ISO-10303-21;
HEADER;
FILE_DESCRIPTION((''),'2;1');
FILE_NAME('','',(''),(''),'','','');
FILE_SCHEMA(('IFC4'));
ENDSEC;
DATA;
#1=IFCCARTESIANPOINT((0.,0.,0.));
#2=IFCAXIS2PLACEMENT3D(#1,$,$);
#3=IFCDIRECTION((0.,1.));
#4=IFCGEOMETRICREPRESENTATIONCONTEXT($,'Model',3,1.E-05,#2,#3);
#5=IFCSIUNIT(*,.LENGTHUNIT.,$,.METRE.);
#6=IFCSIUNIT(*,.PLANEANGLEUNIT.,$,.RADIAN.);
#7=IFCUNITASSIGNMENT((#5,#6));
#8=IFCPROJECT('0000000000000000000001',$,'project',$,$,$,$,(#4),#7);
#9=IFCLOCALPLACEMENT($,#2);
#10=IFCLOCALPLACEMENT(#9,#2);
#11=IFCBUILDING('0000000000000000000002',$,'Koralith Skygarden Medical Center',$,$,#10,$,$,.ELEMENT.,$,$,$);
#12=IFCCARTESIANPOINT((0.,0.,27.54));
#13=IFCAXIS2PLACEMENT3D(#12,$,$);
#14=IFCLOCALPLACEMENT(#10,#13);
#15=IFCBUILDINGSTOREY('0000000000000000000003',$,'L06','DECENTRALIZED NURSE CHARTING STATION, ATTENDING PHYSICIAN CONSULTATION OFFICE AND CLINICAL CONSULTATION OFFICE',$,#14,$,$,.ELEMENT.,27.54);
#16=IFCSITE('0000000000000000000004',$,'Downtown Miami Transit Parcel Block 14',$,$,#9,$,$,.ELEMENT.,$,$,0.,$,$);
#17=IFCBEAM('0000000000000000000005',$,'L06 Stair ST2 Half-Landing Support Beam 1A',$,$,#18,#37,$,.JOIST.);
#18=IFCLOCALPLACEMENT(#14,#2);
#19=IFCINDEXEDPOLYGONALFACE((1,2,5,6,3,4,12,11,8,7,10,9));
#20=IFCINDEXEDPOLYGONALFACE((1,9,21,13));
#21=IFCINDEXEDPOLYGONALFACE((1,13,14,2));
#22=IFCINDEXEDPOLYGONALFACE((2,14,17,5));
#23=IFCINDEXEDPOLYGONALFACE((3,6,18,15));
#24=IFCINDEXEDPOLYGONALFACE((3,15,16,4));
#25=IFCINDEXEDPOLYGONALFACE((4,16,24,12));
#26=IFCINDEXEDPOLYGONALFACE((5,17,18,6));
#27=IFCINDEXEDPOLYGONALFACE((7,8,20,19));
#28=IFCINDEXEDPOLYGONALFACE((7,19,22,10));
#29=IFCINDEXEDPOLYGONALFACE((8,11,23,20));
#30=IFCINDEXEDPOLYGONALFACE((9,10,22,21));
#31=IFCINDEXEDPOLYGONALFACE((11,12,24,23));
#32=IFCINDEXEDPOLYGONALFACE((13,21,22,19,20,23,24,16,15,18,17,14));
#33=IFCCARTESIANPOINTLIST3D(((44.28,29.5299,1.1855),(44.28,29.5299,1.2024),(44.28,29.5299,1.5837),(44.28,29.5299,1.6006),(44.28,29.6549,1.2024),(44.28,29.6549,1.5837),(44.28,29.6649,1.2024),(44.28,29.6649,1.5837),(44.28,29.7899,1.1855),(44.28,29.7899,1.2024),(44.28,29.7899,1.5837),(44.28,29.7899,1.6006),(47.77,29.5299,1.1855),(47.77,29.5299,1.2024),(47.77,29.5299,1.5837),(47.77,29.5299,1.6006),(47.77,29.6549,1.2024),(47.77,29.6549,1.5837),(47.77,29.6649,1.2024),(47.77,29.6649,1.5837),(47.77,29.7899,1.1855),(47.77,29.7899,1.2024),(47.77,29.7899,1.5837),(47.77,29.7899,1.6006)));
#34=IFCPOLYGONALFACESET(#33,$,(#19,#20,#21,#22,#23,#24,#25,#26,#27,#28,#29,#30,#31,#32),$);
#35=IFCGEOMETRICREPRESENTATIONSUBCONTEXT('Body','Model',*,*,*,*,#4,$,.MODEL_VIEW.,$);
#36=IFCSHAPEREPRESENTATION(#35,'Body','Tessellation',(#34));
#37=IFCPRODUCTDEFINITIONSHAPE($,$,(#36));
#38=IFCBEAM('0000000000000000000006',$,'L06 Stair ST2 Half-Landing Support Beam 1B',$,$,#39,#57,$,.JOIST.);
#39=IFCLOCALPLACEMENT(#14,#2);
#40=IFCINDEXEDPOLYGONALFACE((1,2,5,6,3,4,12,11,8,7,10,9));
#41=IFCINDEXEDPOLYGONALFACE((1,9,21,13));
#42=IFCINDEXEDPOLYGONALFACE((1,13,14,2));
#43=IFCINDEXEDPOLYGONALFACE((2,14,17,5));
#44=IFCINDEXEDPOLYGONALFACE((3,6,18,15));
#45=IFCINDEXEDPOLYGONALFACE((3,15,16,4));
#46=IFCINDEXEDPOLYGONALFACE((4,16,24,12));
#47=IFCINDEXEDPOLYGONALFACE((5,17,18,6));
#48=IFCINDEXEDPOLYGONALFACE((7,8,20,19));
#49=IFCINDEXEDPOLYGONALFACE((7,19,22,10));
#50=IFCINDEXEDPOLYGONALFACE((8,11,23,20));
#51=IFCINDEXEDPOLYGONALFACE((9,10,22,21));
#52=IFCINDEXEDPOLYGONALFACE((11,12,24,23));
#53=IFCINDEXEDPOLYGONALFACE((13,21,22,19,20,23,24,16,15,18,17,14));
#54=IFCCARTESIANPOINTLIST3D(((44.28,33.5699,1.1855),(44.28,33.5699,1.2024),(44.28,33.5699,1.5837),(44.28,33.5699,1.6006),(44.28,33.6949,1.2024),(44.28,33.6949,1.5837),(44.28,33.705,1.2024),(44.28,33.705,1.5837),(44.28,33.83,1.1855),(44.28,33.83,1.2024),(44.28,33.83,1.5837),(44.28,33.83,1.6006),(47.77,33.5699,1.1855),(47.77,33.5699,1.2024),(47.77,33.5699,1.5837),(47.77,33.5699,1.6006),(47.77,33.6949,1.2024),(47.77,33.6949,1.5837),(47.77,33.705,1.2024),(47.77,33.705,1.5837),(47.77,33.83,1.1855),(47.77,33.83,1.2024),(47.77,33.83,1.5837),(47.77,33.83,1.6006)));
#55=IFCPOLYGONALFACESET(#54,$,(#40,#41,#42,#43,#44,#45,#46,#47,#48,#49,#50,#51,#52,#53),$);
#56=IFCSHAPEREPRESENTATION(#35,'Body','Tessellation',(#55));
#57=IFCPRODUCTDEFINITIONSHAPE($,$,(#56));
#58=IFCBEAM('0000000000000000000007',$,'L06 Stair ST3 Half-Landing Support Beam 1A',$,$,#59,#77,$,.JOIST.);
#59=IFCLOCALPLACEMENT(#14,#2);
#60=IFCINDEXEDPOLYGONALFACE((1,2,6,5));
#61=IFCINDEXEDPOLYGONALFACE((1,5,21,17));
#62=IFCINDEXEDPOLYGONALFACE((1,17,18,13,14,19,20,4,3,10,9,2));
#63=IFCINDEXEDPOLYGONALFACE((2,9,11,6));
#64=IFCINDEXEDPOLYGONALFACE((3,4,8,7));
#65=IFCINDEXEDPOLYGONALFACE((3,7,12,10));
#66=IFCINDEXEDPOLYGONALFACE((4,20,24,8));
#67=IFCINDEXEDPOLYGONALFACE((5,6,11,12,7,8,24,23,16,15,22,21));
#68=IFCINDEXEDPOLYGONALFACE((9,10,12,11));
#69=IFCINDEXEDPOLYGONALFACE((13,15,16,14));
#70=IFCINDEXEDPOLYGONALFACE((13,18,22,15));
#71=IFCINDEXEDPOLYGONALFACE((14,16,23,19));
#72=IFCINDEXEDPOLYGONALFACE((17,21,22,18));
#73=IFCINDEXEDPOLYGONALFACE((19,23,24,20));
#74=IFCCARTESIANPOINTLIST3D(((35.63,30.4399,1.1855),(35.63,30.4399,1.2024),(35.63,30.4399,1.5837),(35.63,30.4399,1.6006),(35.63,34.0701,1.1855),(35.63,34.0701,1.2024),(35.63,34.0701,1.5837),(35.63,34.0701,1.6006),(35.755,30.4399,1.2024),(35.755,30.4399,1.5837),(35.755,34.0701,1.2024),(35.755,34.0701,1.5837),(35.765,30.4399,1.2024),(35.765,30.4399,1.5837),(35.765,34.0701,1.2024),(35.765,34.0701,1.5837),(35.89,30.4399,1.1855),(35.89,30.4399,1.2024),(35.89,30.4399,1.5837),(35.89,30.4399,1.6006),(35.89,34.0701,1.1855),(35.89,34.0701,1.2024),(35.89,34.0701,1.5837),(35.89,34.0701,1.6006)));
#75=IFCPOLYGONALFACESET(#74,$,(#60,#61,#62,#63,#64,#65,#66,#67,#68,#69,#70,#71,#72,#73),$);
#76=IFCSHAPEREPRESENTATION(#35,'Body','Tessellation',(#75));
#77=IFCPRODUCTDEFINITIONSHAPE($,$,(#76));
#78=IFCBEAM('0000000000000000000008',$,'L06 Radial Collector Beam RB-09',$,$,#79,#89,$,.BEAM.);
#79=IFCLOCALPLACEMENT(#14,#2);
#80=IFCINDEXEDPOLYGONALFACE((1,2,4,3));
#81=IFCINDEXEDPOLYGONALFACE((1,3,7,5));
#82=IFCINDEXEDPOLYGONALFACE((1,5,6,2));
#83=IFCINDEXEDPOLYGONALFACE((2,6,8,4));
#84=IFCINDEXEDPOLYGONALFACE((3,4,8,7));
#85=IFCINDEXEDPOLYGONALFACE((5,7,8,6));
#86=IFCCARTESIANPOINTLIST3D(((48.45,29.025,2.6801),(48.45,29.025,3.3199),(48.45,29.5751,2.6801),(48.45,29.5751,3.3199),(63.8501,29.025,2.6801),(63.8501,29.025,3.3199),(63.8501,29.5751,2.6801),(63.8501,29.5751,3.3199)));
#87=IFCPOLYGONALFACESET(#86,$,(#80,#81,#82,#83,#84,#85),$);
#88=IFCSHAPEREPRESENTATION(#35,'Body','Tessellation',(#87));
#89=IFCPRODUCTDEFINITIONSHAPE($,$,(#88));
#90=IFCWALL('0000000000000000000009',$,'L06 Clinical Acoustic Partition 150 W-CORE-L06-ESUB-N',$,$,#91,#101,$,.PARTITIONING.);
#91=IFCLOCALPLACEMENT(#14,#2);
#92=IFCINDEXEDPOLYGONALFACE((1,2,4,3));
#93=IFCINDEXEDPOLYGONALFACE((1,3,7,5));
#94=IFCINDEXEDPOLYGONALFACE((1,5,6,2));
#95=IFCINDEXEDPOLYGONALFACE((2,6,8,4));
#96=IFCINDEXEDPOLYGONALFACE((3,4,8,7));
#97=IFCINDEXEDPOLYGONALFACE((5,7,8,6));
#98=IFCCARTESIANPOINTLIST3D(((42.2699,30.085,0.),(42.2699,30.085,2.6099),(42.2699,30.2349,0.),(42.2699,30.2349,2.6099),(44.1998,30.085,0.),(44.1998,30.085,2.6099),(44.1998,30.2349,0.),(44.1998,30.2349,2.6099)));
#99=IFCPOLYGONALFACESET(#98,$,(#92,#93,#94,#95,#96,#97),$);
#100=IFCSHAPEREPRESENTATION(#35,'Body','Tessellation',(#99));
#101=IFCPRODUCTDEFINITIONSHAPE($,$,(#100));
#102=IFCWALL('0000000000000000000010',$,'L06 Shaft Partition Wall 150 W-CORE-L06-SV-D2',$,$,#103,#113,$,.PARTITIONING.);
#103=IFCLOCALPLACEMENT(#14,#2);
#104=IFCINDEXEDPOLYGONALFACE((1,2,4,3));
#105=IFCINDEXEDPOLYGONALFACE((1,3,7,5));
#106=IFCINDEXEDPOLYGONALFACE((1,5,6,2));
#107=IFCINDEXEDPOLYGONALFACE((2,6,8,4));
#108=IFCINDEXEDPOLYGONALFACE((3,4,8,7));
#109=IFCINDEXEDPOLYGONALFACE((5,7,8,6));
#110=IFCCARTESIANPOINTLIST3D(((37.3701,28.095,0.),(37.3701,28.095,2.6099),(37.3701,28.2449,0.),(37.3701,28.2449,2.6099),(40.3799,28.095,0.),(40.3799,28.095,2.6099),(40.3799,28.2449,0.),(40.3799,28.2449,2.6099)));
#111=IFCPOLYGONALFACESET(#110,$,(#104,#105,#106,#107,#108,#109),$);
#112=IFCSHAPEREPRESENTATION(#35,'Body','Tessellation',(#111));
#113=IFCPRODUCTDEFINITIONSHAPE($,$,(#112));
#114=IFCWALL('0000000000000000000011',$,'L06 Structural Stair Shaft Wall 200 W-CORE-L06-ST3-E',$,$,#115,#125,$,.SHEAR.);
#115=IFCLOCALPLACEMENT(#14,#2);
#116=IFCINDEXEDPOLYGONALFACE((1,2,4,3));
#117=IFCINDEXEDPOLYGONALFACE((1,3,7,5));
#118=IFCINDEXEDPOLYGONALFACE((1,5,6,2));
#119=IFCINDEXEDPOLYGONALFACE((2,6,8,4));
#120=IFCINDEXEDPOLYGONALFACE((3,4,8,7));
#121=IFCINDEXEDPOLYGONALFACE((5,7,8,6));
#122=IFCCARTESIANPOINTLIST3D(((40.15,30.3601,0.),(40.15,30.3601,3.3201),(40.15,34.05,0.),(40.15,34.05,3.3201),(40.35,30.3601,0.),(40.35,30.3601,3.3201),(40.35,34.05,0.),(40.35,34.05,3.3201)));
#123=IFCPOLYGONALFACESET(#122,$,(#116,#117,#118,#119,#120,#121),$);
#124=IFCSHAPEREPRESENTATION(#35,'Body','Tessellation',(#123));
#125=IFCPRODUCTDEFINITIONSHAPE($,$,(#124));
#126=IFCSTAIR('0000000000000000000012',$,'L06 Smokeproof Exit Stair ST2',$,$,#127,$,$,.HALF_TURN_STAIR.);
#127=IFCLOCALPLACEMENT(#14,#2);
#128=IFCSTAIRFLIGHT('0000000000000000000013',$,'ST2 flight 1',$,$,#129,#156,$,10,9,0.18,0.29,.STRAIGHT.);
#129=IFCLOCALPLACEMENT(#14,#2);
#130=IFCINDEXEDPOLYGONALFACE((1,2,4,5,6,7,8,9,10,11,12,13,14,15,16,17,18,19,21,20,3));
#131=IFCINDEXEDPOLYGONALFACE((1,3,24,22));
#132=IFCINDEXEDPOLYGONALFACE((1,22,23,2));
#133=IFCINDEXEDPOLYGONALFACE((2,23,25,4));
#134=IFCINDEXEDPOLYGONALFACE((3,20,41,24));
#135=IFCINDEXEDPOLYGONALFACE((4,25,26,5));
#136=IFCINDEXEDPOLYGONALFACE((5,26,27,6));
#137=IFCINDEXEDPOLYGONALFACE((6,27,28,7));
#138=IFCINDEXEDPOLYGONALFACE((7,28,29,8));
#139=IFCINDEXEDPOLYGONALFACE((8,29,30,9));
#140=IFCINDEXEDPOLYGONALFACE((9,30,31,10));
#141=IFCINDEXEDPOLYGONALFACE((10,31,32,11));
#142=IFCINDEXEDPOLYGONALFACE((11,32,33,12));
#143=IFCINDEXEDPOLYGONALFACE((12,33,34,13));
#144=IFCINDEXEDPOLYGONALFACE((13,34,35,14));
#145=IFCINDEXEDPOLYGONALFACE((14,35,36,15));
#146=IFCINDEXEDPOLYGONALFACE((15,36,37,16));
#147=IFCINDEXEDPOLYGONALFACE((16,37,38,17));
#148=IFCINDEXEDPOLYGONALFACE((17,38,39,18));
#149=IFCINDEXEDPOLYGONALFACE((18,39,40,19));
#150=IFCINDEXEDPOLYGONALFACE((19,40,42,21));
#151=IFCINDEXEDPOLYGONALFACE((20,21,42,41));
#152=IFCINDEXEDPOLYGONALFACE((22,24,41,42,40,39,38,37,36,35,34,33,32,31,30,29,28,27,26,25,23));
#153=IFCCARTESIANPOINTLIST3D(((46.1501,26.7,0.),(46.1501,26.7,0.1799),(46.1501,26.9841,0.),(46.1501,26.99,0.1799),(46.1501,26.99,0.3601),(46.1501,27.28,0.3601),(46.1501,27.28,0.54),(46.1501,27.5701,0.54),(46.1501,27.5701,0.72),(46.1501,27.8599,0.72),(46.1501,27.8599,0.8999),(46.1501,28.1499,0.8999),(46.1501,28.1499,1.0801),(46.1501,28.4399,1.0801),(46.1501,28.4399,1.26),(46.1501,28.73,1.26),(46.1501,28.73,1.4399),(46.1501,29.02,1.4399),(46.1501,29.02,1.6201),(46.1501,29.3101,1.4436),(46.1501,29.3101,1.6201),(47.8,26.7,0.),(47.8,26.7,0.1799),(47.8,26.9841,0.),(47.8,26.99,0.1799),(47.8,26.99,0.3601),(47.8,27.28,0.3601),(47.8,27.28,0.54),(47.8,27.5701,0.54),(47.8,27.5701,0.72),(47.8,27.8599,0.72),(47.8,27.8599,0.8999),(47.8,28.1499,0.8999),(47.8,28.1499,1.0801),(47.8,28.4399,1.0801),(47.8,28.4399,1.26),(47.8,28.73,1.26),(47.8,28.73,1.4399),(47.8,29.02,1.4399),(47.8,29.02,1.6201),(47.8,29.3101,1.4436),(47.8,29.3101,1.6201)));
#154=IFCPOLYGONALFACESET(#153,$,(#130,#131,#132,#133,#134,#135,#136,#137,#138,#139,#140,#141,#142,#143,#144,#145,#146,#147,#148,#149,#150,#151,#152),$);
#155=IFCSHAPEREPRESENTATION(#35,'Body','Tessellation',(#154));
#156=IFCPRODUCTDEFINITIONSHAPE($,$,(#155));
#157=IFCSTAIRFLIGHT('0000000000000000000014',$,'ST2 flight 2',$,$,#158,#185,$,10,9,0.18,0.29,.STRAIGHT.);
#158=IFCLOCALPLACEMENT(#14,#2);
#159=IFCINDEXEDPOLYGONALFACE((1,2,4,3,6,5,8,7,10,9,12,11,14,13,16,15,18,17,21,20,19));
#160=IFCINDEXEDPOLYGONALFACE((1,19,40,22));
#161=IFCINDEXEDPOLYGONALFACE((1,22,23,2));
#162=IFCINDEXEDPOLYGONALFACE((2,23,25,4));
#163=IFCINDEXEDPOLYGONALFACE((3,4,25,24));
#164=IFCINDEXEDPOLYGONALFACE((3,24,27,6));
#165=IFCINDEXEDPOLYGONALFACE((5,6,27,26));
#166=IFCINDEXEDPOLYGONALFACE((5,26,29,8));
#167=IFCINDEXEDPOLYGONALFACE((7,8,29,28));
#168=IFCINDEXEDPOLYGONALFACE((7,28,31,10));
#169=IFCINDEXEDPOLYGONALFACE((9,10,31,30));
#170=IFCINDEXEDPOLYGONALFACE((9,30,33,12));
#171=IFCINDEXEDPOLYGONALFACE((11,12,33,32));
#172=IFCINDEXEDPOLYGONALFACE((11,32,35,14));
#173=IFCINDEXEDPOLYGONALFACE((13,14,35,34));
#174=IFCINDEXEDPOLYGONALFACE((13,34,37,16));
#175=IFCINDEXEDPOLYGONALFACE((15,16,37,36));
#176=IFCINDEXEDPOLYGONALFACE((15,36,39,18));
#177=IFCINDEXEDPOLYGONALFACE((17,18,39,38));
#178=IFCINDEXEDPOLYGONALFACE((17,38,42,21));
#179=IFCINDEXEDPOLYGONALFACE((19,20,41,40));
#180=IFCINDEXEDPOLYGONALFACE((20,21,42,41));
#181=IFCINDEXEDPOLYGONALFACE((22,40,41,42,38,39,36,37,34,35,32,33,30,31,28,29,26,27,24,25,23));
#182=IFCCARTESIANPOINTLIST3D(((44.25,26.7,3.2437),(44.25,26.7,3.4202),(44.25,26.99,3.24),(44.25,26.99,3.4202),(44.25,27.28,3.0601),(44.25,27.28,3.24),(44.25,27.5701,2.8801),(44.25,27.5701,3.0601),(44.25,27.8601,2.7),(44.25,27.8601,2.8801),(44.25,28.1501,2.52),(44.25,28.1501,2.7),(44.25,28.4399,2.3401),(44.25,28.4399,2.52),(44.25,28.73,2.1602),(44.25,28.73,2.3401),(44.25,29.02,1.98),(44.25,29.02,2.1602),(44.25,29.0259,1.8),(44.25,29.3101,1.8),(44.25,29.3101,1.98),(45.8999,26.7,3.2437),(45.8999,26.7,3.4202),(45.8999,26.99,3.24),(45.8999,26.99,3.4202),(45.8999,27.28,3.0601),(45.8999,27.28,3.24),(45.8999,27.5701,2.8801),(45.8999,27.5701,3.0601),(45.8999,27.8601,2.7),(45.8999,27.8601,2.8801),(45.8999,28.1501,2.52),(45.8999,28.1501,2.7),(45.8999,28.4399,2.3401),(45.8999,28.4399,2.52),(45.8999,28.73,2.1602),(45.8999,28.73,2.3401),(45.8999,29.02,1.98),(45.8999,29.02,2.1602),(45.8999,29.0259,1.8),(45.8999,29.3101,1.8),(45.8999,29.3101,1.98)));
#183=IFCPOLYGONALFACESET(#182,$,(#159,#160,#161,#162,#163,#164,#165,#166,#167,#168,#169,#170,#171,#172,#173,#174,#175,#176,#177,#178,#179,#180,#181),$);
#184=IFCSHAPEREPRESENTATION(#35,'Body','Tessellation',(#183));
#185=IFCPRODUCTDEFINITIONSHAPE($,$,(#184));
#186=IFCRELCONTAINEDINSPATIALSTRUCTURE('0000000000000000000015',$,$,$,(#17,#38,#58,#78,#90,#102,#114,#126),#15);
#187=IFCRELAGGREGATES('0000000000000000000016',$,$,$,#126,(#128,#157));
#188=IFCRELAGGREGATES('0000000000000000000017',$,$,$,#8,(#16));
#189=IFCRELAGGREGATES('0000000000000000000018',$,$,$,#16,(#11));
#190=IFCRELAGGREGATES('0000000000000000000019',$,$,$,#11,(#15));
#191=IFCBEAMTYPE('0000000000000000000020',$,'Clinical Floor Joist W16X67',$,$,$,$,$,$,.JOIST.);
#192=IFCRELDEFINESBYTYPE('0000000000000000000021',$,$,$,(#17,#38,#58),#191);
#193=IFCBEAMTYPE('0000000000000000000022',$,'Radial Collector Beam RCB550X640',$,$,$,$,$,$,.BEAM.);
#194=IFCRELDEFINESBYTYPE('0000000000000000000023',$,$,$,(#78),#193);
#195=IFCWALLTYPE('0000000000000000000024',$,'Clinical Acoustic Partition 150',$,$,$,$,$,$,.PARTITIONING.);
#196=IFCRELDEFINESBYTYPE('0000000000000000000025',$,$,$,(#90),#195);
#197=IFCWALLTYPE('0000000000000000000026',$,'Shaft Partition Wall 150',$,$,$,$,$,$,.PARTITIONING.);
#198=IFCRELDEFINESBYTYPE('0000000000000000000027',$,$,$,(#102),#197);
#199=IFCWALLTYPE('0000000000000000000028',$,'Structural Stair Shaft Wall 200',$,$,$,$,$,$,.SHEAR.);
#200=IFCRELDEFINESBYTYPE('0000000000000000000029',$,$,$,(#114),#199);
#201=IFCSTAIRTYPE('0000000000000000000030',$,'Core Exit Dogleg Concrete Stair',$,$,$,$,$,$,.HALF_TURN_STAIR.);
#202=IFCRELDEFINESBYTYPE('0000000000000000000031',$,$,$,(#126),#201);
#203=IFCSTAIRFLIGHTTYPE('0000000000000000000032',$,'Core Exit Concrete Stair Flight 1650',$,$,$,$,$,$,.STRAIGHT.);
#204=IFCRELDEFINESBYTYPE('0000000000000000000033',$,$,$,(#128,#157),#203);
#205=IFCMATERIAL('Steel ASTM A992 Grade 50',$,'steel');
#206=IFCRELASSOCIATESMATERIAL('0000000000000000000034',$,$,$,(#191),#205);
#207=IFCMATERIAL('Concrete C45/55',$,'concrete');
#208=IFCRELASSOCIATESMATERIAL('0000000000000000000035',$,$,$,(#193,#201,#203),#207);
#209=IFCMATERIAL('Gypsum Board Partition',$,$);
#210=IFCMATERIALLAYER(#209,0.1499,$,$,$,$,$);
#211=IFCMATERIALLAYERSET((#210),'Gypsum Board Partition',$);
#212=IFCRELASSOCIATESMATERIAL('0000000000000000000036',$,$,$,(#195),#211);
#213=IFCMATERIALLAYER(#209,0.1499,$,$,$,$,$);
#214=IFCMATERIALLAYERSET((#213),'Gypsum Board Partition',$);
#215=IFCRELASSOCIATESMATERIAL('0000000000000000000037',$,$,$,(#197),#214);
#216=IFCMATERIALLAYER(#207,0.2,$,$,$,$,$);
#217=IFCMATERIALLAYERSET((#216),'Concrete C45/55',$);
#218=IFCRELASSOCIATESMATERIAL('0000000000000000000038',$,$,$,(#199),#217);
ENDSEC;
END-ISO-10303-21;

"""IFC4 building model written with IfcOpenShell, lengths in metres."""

from ifc_helpers import new_model, si_unit, direction, frame, frame_2d, origin, origin_2d, place, context, subcontext, project, spatial, polyline, rectangle, i_section, outline, extrude, material, layer, layer_set, material_profile, profile_set, type_object, element, aggregate, save


model = new_model("IFC4")

# Units and contexts
model_context = context("Model", 3, precision=1e-05, world=origin(), true_north=direction((0.0, 1.0)))
body_context = subcontext(model_context, "Body", "Model", "MODEL_VIEW")
ifc_project = project(units=[si_unit("LENGTHUNIT", "METRE"), si_unit("PLANEANGLEUNIT", "RADIAN")], contexts=[model_context])

# Site, building, storey
site_placement = place(None, origin())
site = spatial("IfcSite", under=ifc_project, at=site_placement, Name="Downtown Miami Transit Parcel Block 14", CompositionType="ELEMENT", RefElevation=0.0)
building_placement = place(site_placement, origin())
building = spatial("IfcBuilding", under=site, at=building_placement, Name="Koralith Skygarden Medical Center", CompositionType="ELEMENT")
storey_placement = place(building_placement, frame((0.0, 0.0, 27.54)))
storey = spatial("IfcBuildingStorey", under=building, at=storey_placement, Name="L06", Description="DECENTRALIZED NURSE CHARTING STATION, ATTENDING PHYSICIAN CONSULTATION OFFICE AND CLINICAL CONSULTATION OFFICE", CompositionType="ELEMENT", Elevation=27.54)

# Beams
ifc_material_1 = material(Name="Steel ASTM A992 Grade 50", Category="steel")
ifc_material_profile_1 = material_profile(ifc_material_1, i_section(OverallWidth=0.26, OverallDepth=0.415, WebThickness=0.01, FlangeThickness=0.0168, at=origin_2d()), Name="W16X67")
ifc_profile_set_1 = profile_set([ifc_material_profile_1], Name="Steel ASTM A992 Grade 50")
beam_type_1 = type_object("IfcBeamType", Name="Clinical Floor Joist W16X67", PredefinedType="JOIST", material=ifc_profile_set_1)
for number, where, z_axis, x_axis, name in (
    (1, (44.28, 29.6599, 1.3931), (1.0, 0.0, 0.0), (0.0, 1.0, 0.0), "L06 Stair ST2 Half-Landing Support Beam 1A"),
    (2, (44.28, 33.7, 1.3931), (1.0, 0.0, 0.0), (0.0, 1.0, 0.0), "L06 Stair ST2 Half-Landing Support Beam 1B"),
):
    element("IfcBeam", number, at=place(storey_placement, frame(where, z_axis=z_axis, x_axis=x_axis)), inside=storey, type_object=beam_type_1, Name=name, PredefinedType="JOIST", context=body_context, shape_type="SweptSolid", body=[
        extrude(i_section(OverallWidth=0.26, OverallDepth=0.415, WebThickness=0.01, FlangeThickness=0.0168, at=origin_2d()), origin(), (0.0, 0.0, 1.0), 3.49),
    ])
beam_1_placement = place(storey_placement, frame((35.76, 30.4399, 1.3931), z_axis=(0.0, 1.0, 0.0), x_axis=(-1.0, 0.0, 0.0)))
element("IfcBeam", 3, at=beam_1_placement, inside=storey, type_object=beam_type_1, Name="L06 Stair ST3 Half-Landing Support Beam 1A", PredefinedType="JOIST", context=body_context, shape_type="SweptSolid", body=[
    extrude(i_section(OverallWidth=0.26, OverallDepth=0.415, WebThickness=0.01, FlangeThickness=0.0168, at=origin_2d()), origin(), (0.0, 0.0, 1.0), 3.6301),
])
ifc_material_2 = material(Name="Concrete C45/55", Category="concrete")
ifc_material_profile_2 = material_profile(ifc_material_2, rectangle(XDim=0.55, YDim=0.6399, at=origin_2d()), Name="RCB550X640")
ifc_profile_set_2 = profile_set([ifc_material_profile_2], Name="Concrete C45/55")
beam_type_2 = type_object("IfcBeamType", Name="Radial Collector Beam RCB550X640", PredefinedType="BEAM", material=ifc_profile_set_2)
beam_2_placement = place(storey_placement, frame((48.45, 29.3, 3.0), z_axis=(1.0, 0.0, 0.0), x_axis=(0.0, 1.0, 0.0)))
element("IfcBeam", 4, at=beam_2_placement, inside=storey, type_object=beam_type_2, Name="L06 Radial Collector Beam RB-09", PredefinedType="BEAM", context=body_context, shape_type="SweptSolid", body=[
    extrude(rectangle(XDim=0.55, YDim=0.6399, at=origin_2d()), origin(), (0.0, 0.0, 1.0), 15.4001),
])

# Walls
ifc_material_3 = material(Name="Gypsum Board Partition")
ifc_layer_1 = layer(ifc_material_3, 0.1499)
ifc_layer_set_1 = layer_set([ifc_layer_1], Name="Gypsum Board Partition")
wall_type_1 = type_object("IfcWallType", Name="Clinical Acoustic Partition 150", PredefinedType="PARTITIONING", material=ifc_layer_set_1)
wall_1_placement = place(storey_placement, frame((42.27, 30.1599, 0.0), z_axis=(0.0, 0.0, 1.0), x_axis=(1.0, 0.0, 0.0)))
element("IfcWall", 5, at=wall_1_placement, inside=storey, type_object=wall_type_1, Name="L06 Clinical Acoustic Partition 150 W-CORE-L06-ESUB-N", PredefinedType="PARTITIONING", context=body_context, shape_type="SweptSolid", body=[
    extrude(rectangle(XDim=1.9299, YDim=0.1499, at=frame_2d((0.9648, 0.0))), origin(), (0.0, 0.0, 1.0), 2.6099),
])
ifc_layer_2 = layer(ifc_material_3, 0.1499)
ifc_layer_set_2 = layer_set([ifc_layer_2], Name="Gypsum Board Partition")
wall_type_2 = type_object("IfcWallType", Name="Shaft Partition Wall 150", PredefinedType="PARTITIONING", material=ifc_layer_set_2)
wall_2_placement = place(storey_placement, frame((37.3701, 28.1699, 0.0), z_axis=(0.0, 0.0, 1.0), x_axis=(1.0, 0.0, 0.0)))
element("IfcWall", 6, at=wall_2_placement, inside=storey, type_object=wall_type_2, Name="L06 Shaft Partition Wall 150 W-CORE-L06-SV-D2", PredefinedType="PARTITIONING", context=body_context, shape_type="SweptSolid", body=[
    extrude(rectangle(XDim=3.0098, YDim=0.1499, at=frame_2d((1.5049, 0.0))), origin(), (0.0, 0.0, 1.0), 2.6099),
])
ifc_layer_3 = layer(ifc_material_2, 0.2)
ifc_layer_set_3 = layer_set([ifc_layer_3], Name="Concrete C45/55")
wall_type_3 = type_object("IfcWallType", Name="Structural Stair Shaft Wall 200", PredefinedType="SHEAR", material=ifc_layer_set_3)
wall_3_placement = place(storey_placement, frame((40.25, 30.3601, 0.0), z_axis=(0.0, 0.0, 1.0), x_axis=(0.0, 1.0, 0.0)))
element("IfcWall", 7, at=wall_3_placement, inside=storey, type_object=wall_type_3, Name="L06 Structural Stair Shaft Wall 200 W-CORE-L06-ST3-E", PredefinedType="SHEAR", context=body_context, shape_type="SweptSolid", body=[
    extrude(rectangle(XDim=3.6899, YDim=0.2, at=frame_2d((1.845, 0.0))), origin(), (0.0, 0.0, 1.0), 3.3201),
])

# Stair, stair flights
stair_type = type_object("IfcStairType", Name="Core Exit Dogleg Concrete Stair", PredefinedType="HALF_TURN_STAIR", material=ifc_material_2)
stair_1_placement = place(storey_placement, origin())
stair_1 = element("IfcStair", 8, at=stair_1_placement, inside=storey, type_object=stair_type, Name="L06 Smokeproof Exit Stair ST2", PredefinedType="HALF_TURN_STAIR")
stair_flight_type = type_object("IfcStairFlightType", Name="Core Exit Concrete Stair Flight 1650", PredefinedType="STRAIGHT", material=ifc_material_2)
stair_flight_1_placement = place(storey_placement, frame((46.9751, 26.7, 0.0), z_axis=(0.0, 0.0, 1.0), x_axis=(0.0, 1.0, 0.0)))
stair_flight_1 = element("IfcStairFlight", 9, at=stair_flight_1_placement, type_object=stair_flight_type, Name="ST2 flight 1", NumberOfRisers=10, NumberOfTreads=9, PredefinedType="STRAIGHT", RiserHeight=0.18, TreadLength=0.29, context=body_context, shape_type="SweptSolid", body=[
    extrude(outline(polyline([(0.0, 0.0), (0.0, 0.1799), (0.29, 0.1799), (0.29, 0.3601), (0.5801, 0.3601), (0.5801, 0.54), (0.8701, 0.54), (0.8701, 0.72), (1.1599, 0.72), (1.1599, 0.8999), (1.45, 0.8999), (1.45, 1.0801), (1.74, 1.0801), (1.74, 1.26), (2.03, 1.26), (2.03, 1.4399), (2.3201, 1.4399), (2.3201, 1.6201), (2.6101, 1.6201), (2.6101, 1.8), (2.6101, 1.4436), (0.2842, 0.0), (0.0, 0.0)])), frame((0.0, 0.825, 0.0), z_axis=(0.0, -1.0, 0.0), x_axis=(1.0, 0.0, 0.0)), (0.0, 0.0, 1.0), 1.6499),
])
stair_flight_2_placement = place(storey_placement, frame((45.075, 29.3101, 1.8), z_axis=(0.0, 0.0, 1.0), x_axis=(0.0, -1.0, 0.0)))
stair_flight_2 = element("IfcStairFlight", 10, at=stair_flight_2_placement, type_object=stair_flight_type, Name="ST2 flight 2", NumberOfRisers=10, NumberOfTreads=9, PredefinedType="STRAIGHT", RiserHeight=0.18, TreadLength=0.29, context=body_context, shape_type="SweptSolid", body=[
    extrude(outline(polyline([(0.0, 0.0), (0.0, 0.1799), (0.29, 0.1799), (0.29, 0.3601), (0.5801, 0.3601), (0.5801, 0.54), (0.8701, 0.54), (0.8701, 0.72), (1.1599, 0.72), (1.1599, 0.8999), (1.45, 0.8999), (1.45, 1.0801), (1.74, 1.0801), (1.74, 1.26), (2.03, 1.26), (2.03, 1.4399), (2.3201, 1.4399), (2.3201, 1.6201), (2.6101, 1.6201), (2.6101, 1.8), (2.6101, 1.4436), (0.2842, 0.0), (0.0, 0.0)])), frame((0.0, 0.825, 0.0), z_axis=(0.0, -1.0, 0.0), x_axis=(1.0, 0.0, 0.0)), (0.0, 0.0, 1.0), 1.6499),
])
aggregate(stair_1, [stair_flight_1, stair_flight_2])

save(model, "model.ifc")
